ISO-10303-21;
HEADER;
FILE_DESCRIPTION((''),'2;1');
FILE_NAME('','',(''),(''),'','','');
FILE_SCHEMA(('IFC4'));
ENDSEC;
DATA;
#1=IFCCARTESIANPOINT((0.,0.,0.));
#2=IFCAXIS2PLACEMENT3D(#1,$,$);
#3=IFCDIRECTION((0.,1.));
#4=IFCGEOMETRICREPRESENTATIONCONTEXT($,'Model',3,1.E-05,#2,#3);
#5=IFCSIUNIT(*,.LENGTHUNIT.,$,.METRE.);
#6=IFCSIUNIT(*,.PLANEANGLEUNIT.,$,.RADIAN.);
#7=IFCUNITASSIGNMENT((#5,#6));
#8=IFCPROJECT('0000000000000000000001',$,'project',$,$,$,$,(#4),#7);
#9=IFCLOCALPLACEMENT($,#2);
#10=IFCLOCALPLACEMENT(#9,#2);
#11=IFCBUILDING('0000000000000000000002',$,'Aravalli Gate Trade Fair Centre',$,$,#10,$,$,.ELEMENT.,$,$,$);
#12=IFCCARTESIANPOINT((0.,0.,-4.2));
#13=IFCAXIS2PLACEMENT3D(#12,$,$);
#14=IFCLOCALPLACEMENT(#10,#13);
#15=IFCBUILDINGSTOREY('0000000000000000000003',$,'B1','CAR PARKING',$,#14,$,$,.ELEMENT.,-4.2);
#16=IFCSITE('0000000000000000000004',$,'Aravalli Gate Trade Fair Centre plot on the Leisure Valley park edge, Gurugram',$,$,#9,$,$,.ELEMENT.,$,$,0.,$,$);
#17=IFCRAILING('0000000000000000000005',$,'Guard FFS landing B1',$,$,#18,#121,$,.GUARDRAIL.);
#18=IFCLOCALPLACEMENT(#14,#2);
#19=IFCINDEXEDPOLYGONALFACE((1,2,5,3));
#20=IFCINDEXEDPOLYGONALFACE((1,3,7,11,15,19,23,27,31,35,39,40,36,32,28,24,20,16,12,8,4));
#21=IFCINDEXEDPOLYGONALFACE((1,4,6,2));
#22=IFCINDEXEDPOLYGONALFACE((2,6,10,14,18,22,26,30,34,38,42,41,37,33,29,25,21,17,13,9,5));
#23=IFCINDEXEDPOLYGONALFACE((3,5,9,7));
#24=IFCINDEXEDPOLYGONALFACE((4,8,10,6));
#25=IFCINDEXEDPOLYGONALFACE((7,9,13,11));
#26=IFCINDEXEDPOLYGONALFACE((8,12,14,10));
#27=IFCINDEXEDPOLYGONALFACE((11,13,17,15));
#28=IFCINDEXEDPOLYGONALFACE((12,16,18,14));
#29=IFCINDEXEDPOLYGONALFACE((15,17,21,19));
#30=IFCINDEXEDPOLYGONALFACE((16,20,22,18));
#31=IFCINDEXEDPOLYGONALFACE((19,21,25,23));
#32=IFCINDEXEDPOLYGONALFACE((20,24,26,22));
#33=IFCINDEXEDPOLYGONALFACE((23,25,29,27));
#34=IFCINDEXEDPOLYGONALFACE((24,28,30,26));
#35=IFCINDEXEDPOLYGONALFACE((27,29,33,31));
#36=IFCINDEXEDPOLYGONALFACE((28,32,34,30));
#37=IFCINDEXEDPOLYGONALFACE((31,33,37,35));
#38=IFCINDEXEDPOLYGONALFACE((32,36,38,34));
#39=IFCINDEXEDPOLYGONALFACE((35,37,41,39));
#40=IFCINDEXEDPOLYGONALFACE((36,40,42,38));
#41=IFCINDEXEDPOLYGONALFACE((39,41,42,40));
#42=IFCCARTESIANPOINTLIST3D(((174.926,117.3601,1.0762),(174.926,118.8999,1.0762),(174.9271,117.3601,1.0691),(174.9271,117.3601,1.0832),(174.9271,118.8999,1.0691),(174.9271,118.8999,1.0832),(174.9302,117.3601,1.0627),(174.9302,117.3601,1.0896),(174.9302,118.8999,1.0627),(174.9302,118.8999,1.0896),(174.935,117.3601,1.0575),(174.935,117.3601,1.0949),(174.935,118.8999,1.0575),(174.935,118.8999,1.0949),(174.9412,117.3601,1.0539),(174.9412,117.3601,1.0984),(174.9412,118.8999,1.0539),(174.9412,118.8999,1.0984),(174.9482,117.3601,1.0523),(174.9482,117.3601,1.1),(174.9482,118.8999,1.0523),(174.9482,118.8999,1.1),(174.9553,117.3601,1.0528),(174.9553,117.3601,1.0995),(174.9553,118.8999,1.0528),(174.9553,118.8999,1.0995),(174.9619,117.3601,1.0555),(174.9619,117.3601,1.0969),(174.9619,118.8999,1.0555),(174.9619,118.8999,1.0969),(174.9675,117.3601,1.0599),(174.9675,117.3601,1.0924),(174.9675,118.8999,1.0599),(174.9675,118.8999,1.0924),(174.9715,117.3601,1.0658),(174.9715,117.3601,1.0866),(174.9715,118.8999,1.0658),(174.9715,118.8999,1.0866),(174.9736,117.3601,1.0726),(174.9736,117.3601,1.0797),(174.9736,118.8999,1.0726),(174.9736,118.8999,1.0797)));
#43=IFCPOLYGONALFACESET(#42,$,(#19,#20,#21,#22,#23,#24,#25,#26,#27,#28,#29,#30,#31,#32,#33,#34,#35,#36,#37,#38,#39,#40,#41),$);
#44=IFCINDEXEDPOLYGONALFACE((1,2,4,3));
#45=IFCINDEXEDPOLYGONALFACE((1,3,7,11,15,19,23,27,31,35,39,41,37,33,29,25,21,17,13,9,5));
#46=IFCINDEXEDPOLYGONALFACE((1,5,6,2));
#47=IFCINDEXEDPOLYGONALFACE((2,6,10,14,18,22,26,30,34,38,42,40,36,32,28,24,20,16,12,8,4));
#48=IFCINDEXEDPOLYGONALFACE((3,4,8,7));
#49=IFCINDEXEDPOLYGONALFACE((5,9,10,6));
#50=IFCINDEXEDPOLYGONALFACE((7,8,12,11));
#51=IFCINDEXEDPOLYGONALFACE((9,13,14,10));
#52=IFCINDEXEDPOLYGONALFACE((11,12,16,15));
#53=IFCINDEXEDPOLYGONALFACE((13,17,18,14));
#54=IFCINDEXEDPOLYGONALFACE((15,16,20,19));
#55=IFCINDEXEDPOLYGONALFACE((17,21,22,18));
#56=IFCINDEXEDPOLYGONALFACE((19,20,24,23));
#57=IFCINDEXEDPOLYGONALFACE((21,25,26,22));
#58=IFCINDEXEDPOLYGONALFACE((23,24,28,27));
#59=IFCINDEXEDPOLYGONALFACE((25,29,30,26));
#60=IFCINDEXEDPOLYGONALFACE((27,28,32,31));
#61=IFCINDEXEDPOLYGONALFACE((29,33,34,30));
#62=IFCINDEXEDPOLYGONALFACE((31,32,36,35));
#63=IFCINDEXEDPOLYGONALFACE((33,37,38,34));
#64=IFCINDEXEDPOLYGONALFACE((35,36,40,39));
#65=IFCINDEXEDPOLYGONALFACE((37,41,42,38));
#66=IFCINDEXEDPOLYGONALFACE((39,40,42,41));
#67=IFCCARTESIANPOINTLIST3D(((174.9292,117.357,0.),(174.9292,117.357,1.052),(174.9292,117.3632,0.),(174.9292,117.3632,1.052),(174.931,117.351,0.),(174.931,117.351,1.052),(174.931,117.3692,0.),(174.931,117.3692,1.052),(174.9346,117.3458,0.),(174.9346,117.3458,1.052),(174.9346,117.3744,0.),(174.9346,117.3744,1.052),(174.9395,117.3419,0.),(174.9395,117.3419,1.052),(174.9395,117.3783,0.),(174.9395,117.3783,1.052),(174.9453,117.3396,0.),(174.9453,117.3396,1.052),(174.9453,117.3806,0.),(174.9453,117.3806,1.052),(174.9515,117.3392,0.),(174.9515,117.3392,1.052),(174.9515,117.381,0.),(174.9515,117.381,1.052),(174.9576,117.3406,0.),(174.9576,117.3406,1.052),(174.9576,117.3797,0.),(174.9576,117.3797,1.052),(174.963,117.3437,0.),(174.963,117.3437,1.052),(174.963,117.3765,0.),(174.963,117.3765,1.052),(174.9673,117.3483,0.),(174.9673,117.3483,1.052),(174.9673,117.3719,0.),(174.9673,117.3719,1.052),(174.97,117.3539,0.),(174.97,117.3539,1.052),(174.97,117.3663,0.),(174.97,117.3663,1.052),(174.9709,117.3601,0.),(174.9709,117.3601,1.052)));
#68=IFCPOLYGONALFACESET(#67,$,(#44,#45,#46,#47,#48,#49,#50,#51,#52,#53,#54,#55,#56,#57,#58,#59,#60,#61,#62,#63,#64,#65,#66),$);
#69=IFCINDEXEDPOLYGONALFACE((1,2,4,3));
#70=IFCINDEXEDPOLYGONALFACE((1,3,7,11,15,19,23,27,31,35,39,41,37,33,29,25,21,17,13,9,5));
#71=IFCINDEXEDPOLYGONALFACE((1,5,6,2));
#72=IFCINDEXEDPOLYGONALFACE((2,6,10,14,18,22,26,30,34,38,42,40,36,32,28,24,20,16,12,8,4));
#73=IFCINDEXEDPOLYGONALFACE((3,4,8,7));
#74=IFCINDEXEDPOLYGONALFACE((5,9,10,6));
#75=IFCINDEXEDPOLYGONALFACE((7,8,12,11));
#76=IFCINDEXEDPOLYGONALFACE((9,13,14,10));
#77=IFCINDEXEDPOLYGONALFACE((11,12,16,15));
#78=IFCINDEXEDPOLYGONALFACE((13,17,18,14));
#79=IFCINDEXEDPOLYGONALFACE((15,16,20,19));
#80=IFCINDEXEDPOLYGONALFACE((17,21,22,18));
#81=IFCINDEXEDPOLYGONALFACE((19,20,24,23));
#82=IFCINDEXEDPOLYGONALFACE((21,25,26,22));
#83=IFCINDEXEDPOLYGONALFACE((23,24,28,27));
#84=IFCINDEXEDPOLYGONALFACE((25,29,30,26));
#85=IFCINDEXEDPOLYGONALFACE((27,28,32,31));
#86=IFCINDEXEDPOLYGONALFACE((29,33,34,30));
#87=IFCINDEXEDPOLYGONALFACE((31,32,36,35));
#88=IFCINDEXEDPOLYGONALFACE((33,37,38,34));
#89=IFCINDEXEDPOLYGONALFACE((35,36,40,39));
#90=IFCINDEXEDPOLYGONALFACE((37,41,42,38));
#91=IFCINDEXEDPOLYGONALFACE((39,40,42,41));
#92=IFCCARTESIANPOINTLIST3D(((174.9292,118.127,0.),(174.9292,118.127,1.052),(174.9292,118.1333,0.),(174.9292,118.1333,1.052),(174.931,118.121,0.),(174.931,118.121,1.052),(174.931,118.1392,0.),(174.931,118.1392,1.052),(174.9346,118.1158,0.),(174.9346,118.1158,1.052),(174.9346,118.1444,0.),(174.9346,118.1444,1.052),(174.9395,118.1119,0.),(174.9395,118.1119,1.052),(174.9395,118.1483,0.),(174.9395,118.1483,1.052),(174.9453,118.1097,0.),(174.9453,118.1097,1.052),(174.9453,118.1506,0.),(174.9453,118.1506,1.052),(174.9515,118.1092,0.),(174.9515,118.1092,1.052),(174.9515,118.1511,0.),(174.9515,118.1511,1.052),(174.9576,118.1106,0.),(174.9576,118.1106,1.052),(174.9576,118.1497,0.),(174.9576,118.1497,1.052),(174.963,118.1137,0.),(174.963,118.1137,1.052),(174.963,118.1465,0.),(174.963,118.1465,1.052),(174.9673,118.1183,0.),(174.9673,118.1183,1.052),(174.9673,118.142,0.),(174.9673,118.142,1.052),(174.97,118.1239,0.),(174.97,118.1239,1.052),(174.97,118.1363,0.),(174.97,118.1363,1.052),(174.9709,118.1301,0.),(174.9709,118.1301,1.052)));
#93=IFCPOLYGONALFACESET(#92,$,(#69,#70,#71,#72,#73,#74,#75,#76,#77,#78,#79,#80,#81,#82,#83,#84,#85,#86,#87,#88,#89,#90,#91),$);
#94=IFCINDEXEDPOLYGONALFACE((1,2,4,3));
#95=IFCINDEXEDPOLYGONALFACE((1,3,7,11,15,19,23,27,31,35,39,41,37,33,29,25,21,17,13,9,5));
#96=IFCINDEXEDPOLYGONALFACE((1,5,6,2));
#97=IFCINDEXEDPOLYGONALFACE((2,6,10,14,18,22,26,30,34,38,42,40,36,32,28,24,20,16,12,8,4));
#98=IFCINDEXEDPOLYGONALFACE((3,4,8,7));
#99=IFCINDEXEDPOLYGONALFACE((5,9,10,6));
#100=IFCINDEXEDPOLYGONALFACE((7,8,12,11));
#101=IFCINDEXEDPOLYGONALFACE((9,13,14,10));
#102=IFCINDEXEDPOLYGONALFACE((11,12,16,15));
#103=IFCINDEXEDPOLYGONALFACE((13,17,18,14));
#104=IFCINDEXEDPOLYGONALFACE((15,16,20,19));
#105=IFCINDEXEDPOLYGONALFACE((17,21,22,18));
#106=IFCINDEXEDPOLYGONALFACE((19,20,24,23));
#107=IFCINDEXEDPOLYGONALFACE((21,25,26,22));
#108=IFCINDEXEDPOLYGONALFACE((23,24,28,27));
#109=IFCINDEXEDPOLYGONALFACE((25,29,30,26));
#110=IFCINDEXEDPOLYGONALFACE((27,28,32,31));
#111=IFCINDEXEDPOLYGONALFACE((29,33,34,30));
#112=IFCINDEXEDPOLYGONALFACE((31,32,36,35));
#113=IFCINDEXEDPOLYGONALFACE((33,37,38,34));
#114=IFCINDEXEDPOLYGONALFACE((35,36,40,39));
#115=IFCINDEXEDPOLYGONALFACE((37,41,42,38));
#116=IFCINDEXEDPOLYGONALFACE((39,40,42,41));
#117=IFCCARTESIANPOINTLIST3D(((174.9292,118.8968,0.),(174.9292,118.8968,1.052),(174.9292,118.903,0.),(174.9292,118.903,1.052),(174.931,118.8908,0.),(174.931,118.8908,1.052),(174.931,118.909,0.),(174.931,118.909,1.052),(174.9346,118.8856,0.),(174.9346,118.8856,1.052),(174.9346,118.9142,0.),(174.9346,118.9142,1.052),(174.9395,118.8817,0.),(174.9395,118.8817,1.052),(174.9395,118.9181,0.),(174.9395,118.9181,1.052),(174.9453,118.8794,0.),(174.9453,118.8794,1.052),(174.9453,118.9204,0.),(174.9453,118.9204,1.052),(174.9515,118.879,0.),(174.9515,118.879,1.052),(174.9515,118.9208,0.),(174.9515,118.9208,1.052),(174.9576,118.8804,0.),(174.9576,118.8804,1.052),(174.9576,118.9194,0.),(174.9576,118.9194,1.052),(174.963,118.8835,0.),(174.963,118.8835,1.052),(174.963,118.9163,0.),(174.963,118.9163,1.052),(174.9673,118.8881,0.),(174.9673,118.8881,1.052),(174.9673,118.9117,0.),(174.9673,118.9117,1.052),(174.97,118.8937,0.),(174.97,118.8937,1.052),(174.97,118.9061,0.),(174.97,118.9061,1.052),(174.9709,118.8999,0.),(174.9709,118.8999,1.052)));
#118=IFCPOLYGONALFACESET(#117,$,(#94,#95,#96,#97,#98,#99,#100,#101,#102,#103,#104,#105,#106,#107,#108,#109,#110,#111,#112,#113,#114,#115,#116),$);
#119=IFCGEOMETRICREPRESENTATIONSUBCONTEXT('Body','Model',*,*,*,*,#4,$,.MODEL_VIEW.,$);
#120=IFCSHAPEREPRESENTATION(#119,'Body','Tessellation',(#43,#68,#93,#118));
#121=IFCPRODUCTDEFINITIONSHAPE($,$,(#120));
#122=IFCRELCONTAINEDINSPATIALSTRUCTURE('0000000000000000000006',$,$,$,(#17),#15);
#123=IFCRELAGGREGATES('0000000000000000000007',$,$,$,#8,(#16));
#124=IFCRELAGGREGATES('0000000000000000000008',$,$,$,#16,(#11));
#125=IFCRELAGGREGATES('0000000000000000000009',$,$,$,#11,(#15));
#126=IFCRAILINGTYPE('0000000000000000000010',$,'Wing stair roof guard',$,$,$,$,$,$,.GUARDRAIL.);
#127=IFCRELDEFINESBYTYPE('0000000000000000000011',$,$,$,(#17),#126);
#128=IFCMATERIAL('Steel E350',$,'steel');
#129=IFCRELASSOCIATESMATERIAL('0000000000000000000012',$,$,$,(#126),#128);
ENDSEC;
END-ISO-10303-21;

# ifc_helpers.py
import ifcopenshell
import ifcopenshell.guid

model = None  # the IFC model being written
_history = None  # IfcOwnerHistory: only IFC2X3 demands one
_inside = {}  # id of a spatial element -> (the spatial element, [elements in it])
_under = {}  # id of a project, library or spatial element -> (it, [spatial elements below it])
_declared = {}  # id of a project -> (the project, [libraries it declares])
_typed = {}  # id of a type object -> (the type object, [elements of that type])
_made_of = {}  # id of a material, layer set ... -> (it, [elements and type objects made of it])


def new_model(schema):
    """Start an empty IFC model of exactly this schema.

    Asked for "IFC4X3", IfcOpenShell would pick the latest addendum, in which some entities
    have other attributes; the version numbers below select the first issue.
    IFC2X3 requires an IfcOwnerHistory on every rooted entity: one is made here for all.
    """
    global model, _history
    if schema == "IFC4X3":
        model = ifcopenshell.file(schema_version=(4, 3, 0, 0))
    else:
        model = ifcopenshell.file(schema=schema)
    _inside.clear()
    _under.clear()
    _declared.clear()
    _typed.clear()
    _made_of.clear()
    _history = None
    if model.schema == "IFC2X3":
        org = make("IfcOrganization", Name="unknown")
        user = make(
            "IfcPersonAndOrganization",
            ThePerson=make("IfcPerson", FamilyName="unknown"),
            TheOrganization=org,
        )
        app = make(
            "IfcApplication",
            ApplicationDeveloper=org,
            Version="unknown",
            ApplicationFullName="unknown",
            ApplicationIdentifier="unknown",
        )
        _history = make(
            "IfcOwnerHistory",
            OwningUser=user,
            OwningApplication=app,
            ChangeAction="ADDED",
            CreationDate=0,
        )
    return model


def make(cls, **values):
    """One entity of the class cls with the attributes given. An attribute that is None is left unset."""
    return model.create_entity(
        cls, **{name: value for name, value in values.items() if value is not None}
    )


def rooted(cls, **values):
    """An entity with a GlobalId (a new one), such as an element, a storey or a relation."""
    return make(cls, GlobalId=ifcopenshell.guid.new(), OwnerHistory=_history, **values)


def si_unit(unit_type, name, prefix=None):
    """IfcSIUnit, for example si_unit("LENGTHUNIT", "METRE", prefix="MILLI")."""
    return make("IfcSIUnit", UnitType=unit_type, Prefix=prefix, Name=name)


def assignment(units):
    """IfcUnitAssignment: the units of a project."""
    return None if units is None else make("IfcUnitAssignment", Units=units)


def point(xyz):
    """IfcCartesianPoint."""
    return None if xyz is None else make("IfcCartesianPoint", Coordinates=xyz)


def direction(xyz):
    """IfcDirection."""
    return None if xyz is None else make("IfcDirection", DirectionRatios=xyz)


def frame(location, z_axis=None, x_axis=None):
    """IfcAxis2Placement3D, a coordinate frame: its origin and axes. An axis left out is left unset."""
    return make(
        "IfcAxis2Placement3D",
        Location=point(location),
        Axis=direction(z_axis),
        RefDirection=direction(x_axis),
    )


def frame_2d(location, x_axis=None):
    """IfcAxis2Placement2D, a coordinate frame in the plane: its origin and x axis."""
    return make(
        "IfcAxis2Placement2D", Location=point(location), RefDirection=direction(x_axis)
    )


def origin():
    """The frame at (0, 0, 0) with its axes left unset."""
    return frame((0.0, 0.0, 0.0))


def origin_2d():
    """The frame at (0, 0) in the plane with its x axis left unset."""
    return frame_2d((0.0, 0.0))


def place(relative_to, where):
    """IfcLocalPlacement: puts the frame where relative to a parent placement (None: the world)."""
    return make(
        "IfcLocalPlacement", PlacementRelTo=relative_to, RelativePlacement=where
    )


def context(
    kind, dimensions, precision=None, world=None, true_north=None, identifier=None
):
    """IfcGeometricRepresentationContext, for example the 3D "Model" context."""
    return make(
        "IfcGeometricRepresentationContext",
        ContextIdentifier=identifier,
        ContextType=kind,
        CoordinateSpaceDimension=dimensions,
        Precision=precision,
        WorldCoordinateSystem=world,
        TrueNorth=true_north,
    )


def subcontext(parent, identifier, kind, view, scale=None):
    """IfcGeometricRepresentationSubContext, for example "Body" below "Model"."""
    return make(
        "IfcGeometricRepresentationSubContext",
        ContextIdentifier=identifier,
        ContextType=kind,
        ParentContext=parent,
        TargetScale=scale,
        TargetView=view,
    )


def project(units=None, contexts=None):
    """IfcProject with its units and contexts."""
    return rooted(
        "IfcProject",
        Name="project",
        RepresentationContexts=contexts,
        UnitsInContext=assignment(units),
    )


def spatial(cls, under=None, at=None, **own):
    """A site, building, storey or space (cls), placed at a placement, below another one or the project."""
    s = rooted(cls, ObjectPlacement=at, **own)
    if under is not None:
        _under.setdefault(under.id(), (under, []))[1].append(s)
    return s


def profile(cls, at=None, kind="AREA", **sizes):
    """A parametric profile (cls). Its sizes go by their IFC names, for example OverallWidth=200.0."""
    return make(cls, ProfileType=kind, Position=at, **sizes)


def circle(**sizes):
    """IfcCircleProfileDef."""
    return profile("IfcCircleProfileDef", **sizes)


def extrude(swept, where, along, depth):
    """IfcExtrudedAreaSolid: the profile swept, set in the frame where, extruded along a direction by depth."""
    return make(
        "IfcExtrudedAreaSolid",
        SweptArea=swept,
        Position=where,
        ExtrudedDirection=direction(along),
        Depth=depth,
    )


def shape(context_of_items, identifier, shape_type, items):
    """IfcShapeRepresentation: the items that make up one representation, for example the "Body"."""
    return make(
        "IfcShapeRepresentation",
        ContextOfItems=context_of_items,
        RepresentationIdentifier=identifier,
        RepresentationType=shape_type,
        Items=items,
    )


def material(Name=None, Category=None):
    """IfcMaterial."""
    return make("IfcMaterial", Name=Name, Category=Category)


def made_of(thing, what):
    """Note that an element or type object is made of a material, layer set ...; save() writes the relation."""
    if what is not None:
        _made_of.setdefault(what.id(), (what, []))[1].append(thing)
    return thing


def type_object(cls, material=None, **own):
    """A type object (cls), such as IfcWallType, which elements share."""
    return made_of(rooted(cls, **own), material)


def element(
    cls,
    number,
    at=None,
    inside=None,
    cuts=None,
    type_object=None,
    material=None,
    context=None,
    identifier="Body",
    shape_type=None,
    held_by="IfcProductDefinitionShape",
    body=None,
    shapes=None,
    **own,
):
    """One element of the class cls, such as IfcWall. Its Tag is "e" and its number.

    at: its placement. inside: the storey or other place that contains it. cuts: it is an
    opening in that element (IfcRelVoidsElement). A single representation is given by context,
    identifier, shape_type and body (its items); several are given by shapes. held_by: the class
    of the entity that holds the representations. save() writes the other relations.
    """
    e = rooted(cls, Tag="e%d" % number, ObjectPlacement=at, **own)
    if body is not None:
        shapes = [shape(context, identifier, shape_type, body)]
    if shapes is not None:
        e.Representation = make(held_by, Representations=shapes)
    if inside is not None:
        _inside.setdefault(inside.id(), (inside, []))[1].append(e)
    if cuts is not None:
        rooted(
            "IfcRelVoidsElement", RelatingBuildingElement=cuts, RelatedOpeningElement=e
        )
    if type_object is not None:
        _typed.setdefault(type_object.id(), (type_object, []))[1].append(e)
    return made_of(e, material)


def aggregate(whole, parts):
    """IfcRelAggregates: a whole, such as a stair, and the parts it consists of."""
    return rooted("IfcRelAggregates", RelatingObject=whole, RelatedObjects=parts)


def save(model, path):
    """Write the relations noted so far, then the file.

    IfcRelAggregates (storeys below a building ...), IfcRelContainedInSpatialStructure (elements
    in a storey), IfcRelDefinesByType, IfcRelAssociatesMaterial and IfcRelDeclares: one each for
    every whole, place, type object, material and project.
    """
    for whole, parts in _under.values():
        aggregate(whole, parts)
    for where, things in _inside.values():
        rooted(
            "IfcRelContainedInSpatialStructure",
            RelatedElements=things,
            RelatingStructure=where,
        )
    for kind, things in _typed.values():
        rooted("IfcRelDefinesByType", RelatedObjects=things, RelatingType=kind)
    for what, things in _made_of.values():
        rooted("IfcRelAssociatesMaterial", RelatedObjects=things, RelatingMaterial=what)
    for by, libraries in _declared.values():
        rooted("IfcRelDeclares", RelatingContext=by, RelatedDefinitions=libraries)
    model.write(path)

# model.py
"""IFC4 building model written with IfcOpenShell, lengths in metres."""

from ifc_helpers import new_model, si_unit, direction, frame, origin, origin_2d, place, context, subcontext, project, spatial, circle, extrude, material, type_object, element, save


model = new_model("IFC4")

# Units and contexts
model_context = context("Model", 3, precision=1e-05, world=origin(), true_north=direction((0.0, 1.0)))
body_context = subcontext(model_context, "Body", "Model", "MODEL_VIEW")
ifc_project = project(units=[si_unit("LENGTHUNIT", "METRE"), si_unit("PLANEANGLEUNIT", "RADIAN")], contexts=[model_context])

# Site, building, storey
site_placement = place(None, origin())
site = spatial("IfcSite", under=ifc_project, at=site_placement, Name="Aravalli Gate Trade Fair Centre plot on the Leisure Valley park edge, Gurugram", CompositionType="ELEMENT", RefElevation=0.0)
building_placement = place(site_placement, origin())
building = spatial("IfcBuilding", under=site, at=building_placement, Name="Aravalli Gate Trade Fair Centre", CompositionType="ELEMENT")
storey_placement = place(building_placement, frame((0.0, 0.0, -4.2)))
storey = spatial("IfcBuildingStorey", under=building, at=storey_placement, Name="B1", Description="CAR PARKING", CompositionType="ELEMENT", Elevation=-4.2)

# Railing
ifc_material_1 = material(Name="Steel E350", Category="steel")
railing_type_1 = type_object("IfcRailingType", Name="Wing stair roof guard", PredefinedType="GUARDRAIL", material=ifc_material_1)
railing_1_placement = place(storey_placement, frame((174.95, 117.3601, 0.0)))
element("IfcRailing", 1, at=railing_1_placement, inside=storey, type_object=railing_type_1, Name="Guard FFS landing B1", PredefinedType="GUARDRAIL", context=body_context, shape_type="SweptSolid", body=[
    extrude(circle(Radius=0.0239, at=origin_2d()), frame((0.0, 0.0, 1.0762), z_axis=(0.0, 1.0, 0.0), x_axis=(-1.0, 0.0, 0.0)), (0.0, 0.0, 1.0), 1.5398),
    extrude(circle(Radius=0.021, at=origin_2d()), origin(), (0.0, 0.0, 1.0), 1.052),
    extrude(circle(Radius=0.021, at=origin_2d()), frame((0.0, 0.77, 0.0)), (0.0, 0.0, 1.0), 1.052),
    extrude(circle(Radius=0.021, at=origin_2d()), frame((0.0, 1.5398, 0.0)), (0.0, 0.0, 1.0), 1.052),
])

save(model, "model.ifc")
